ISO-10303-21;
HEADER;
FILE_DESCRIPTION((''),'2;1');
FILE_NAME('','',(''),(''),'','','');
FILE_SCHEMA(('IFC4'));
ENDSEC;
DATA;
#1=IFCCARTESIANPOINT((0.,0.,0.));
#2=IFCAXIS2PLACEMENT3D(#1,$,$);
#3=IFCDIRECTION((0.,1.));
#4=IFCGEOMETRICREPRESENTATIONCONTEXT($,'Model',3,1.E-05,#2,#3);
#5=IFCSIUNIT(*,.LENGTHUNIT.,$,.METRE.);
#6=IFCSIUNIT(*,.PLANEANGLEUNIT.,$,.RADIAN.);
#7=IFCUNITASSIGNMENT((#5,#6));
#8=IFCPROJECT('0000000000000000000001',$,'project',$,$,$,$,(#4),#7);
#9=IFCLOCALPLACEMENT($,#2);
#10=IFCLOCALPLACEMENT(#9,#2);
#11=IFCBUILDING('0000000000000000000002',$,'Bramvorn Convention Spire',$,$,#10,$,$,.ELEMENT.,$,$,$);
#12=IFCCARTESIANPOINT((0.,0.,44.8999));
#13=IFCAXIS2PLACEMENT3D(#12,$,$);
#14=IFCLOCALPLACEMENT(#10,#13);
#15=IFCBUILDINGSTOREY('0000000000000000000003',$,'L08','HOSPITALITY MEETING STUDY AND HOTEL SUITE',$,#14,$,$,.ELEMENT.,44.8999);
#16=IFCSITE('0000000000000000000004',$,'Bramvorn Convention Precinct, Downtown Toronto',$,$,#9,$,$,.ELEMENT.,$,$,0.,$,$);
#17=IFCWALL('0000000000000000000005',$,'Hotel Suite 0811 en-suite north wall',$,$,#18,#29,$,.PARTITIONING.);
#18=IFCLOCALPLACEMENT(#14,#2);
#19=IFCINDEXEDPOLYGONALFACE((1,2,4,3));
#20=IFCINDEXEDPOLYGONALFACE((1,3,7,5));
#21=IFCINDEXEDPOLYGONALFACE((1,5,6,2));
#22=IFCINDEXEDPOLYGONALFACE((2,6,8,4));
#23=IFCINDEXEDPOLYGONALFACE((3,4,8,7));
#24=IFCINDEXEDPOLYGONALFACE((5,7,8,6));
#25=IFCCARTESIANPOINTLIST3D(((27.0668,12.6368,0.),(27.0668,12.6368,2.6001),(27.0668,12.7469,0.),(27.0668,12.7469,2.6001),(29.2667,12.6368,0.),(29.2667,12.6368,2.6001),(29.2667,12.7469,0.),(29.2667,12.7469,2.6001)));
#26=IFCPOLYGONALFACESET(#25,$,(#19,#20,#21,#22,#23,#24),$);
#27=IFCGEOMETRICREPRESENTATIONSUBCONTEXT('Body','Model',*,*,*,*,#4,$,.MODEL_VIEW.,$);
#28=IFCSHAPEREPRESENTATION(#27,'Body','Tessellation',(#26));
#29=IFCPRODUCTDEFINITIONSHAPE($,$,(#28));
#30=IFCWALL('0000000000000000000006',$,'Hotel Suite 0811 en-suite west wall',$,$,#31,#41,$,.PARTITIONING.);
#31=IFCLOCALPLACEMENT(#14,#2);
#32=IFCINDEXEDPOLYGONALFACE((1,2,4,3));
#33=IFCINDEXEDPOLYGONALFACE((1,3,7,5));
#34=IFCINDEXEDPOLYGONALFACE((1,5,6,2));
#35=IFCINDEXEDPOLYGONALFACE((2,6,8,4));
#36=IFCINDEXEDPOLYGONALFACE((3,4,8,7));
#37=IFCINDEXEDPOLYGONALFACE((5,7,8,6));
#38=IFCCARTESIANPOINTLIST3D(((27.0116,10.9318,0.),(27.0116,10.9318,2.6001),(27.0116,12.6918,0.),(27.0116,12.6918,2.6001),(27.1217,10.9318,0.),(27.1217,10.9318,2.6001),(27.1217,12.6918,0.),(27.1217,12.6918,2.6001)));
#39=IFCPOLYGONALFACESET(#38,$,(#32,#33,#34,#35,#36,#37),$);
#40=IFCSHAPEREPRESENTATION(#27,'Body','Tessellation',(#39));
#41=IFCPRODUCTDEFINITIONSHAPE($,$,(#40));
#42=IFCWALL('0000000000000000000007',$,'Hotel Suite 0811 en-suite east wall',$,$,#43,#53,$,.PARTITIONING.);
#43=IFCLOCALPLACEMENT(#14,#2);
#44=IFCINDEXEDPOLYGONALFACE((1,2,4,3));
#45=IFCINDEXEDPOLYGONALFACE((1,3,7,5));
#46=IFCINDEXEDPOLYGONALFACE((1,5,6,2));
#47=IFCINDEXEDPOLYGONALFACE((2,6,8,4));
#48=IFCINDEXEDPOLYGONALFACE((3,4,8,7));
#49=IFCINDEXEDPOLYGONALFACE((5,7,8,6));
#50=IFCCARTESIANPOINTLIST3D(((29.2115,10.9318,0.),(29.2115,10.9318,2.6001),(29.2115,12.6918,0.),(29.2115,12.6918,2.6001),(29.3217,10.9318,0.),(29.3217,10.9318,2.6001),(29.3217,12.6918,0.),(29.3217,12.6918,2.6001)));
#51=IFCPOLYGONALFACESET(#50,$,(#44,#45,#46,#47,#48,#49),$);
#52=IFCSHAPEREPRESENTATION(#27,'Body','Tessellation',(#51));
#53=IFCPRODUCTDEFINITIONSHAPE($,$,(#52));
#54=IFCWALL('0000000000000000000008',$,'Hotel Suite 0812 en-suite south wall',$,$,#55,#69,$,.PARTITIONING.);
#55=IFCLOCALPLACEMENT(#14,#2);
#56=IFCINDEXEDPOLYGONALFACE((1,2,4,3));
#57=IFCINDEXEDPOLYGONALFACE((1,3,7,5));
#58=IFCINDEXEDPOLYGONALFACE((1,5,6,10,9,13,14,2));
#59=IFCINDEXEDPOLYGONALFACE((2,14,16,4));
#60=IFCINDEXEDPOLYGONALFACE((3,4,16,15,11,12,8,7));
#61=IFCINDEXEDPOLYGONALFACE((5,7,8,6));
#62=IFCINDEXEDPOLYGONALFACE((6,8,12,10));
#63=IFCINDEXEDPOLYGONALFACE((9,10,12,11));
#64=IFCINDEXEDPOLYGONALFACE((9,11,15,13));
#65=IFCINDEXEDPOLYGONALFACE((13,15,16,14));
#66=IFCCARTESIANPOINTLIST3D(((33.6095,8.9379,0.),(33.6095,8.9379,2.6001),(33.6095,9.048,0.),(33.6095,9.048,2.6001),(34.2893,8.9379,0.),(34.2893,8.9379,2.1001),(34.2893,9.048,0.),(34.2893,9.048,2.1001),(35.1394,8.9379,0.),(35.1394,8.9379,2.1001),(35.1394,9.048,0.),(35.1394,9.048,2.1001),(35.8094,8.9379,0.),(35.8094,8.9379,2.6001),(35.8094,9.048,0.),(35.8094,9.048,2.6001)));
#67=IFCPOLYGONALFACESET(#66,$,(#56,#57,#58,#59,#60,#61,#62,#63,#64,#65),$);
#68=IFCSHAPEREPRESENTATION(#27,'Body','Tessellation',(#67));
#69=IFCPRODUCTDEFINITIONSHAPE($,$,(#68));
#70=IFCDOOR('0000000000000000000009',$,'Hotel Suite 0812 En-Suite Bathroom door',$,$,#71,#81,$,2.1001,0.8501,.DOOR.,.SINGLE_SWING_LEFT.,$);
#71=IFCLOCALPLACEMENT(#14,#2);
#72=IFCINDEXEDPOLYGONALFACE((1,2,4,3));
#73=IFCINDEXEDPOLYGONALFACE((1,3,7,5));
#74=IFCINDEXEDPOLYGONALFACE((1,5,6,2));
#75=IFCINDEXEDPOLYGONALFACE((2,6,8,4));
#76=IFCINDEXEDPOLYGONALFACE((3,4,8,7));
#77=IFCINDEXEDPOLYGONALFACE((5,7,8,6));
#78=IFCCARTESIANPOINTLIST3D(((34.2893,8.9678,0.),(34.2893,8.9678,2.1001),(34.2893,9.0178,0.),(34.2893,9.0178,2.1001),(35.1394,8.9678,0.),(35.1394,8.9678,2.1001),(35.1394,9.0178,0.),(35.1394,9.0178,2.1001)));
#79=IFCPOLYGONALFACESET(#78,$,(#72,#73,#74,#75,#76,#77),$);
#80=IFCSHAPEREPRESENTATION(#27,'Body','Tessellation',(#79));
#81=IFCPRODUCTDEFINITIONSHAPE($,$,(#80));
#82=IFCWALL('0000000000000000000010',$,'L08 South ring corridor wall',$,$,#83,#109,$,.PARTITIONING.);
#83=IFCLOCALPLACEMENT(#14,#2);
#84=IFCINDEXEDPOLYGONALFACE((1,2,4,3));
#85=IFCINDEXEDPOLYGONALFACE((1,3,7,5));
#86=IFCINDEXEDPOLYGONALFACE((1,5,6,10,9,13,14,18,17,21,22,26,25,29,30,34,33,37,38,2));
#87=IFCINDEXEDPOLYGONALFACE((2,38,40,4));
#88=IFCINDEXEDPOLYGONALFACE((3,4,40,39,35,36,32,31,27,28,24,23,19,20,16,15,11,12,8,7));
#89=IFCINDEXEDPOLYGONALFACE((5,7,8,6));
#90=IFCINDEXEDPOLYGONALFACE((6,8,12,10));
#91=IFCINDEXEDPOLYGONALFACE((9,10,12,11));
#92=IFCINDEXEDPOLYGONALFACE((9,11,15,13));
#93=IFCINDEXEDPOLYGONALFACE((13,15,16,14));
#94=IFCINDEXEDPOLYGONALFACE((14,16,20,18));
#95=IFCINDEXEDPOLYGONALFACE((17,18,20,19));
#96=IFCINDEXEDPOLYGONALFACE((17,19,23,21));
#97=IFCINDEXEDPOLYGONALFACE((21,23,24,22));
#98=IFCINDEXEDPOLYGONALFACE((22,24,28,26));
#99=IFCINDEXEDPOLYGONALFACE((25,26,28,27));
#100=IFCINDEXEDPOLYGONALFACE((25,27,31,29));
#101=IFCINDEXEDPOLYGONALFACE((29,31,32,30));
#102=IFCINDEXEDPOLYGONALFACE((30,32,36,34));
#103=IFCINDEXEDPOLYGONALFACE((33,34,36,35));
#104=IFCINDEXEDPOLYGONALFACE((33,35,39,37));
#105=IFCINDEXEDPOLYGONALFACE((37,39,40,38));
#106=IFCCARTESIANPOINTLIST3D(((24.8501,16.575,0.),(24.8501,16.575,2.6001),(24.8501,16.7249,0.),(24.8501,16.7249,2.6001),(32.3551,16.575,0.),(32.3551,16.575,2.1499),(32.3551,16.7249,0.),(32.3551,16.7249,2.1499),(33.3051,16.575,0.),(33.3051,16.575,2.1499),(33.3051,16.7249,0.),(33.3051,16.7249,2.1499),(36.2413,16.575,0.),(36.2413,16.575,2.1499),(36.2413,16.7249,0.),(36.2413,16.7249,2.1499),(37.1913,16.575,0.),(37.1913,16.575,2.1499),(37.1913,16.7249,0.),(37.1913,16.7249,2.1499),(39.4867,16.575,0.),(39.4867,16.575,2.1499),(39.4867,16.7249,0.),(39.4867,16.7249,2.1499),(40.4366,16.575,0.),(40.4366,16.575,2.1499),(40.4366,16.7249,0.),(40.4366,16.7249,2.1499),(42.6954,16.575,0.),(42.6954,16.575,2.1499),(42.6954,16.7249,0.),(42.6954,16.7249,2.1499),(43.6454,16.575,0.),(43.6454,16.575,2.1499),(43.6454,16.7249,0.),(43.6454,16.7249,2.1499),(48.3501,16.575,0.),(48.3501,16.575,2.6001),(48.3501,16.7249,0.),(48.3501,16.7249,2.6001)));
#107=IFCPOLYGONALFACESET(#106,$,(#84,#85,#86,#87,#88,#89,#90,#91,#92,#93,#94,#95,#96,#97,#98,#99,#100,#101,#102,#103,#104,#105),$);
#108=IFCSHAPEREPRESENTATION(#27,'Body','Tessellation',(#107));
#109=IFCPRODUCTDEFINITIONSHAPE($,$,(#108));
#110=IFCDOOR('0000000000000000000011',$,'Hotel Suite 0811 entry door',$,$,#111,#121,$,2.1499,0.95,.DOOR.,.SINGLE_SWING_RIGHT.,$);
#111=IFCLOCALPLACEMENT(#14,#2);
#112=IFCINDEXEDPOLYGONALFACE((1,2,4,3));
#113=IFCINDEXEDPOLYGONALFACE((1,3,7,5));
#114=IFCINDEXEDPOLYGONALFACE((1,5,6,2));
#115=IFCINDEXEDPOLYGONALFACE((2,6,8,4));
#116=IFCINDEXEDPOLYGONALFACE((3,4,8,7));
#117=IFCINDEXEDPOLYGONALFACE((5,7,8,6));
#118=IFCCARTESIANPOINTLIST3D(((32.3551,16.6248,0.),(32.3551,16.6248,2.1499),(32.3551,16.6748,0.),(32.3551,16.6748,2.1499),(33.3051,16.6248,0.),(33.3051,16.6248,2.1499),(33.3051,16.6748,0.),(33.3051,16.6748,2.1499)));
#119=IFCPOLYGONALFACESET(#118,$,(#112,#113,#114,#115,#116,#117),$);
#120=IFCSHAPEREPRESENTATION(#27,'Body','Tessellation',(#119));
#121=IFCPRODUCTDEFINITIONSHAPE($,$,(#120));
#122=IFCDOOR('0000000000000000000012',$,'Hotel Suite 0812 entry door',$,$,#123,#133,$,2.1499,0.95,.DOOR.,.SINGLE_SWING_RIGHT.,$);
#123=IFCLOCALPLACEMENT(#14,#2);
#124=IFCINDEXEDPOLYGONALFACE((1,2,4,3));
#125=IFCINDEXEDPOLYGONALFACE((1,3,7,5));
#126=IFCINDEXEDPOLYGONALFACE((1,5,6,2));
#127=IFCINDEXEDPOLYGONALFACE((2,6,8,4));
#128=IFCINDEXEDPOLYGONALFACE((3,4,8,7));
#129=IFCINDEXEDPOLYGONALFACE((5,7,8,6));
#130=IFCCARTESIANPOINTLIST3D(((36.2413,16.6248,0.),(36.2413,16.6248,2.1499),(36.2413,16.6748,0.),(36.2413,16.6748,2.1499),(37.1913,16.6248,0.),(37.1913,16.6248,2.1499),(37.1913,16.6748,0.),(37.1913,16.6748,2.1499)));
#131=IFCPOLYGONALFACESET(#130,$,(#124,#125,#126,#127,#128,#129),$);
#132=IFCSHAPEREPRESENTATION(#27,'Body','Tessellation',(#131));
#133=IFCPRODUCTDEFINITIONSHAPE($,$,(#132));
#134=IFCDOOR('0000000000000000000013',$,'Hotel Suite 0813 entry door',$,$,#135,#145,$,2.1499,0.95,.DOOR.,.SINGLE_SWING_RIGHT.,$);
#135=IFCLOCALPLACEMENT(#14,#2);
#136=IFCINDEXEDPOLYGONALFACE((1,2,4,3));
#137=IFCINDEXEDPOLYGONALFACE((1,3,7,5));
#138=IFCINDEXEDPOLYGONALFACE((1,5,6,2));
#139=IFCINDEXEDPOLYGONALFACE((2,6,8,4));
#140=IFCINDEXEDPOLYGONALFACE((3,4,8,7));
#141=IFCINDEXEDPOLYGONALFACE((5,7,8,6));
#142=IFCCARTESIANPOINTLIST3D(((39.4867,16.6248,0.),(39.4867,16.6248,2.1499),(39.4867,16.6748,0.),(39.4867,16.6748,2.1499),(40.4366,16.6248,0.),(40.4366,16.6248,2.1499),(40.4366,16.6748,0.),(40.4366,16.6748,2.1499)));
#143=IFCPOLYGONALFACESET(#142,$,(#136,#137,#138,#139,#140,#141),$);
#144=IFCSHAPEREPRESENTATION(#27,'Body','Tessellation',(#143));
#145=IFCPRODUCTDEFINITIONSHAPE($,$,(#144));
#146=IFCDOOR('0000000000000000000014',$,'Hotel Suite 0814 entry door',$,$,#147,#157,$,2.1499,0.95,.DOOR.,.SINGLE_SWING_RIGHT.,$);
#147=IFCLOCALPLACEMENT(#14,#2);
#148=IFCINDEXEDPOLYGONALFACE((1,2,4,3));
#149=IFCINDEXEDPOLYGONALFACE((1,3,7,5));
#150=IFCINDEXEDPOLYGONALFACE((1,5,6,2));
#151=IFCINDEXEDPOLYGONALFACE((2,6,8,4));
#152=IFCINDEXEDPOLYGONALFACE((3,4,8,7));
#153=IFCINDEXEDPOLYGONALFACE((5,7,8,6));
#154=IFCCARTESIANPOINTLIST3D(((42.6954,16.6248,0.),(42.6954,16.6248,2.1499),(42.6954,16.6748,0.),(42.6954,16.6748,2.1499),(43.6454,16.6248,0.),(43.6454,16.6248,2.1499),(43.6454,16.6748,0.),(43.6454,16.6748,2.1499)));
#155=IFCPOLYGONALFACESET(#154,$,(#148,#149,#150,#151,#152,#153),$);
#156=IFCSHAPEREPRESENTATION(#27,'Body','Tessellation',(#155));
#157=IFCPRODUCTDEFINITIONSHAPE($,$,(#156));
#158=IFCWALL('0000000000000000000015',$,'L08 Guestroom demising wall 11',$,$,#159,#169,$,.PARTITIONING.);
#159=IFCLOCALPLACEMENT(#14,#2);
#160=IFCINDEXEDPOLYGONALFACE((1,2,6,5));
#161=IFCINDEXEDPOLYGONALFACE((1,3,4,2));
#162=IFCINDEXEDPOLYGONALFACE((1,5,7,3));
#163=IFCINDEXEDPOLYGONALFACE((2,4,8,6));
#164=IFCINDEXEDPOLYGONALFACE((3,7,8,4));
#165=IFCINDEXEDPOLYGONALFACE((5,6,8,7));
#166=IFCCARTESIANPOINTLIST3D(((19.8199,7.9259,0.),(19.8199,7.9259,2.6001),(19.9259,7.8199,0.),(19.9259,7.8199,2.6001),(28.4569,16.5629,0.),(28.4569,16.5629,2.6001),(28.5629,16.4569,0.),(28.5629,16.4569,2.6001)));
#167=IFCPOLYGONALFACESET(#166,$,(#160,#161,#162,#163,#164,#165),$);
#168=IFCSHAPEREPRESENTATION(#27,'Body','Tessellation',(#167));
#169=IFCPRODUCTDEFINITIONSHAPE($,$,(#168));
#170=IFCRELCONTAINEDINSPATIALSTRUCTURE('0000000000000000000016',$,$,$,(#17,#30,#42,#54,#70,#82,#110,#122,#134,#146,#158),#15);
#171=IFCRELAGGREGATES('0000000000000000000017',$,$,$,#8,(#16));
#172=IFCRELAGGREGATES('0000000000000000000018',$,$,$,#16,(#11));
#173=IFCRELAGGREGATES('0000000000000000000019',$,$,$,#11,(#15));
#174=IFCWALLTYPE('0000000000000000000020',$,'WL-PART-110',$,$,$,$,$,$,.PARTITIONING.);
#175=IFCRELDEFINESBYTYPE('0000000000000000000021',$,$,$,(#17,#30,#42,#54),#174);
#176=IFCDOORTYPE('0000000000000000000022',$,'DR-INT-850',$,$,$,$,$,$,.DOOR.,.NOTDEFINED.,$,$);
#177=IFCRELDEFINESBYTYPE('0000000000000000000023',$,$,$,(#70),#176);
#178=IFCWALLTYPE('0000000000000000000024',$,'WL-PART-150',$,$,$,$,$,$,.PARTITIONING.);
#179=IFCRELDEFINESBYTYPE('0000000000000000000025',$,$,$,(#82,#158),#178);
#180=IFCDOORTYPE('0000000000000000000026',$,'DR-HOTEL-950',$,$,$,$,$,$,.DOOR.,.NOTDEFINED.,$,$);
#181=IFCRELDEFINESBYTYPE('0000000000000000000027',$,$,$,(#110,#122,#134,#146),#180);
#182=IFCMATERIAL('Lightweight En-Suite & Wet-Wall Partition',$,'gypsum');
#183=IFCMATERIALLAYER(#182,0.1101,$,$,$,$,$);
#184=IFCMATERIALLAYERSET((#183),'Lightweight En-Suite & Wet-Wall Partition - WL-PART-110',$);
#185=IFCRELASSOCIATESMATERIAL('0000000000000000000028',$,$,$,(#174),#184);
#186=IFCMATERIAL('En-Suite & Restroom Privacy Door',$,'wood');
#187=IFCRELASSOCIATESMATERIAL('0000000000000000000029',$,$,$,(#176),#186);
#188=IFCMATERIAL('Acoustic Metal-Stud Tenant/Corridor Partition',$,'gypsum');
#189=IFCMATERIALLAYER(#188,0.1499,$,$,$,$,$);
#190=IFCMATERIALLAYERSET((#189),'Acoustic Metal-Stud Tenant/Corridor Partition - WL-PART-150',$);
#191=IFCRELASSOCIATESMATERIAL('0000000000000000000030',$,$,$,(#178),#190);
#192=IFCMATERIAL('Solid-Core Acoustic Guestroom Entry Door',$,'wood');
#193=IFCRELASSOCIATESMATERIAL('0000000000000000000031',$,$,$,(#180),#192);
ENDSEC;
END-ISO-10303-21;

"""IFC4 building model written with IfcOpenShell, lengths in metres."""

from ifc_helpers import new_model, si_unit, direction, frame, frame_2d, origin, place, context, subcontext, project, spatial, rectangle, extrude, material, layer, layer_set, type_object, element, fill, save


model = new_model("IFC4")

# Units and contexts
model_context = context("Model", 3, precision=1e-05, world=origin(), true_north=direction((0.0, 1.0)))
body_context = subcontext(model_context, "Body", "Model", "MODEL_VIEW")
ifc_project = project(units=[si_unit("LENGTHUNIT", "METRE"), si_unit("PLANEANGLEUNIT", "RADIAN")], contexts=[model_context])

# Site, building, storey
site_placement = place(None, origin())
site = spatial("IfcSite", under=ifc_project, at=site_placement, Name="Bramvorn Convention Precinct, Downtown Toronto", CompositionType="ELEMENT", RefElevation=0.0)
building_placement = place(site_placement, origin())
building = spatial("IfcBuilding", under=site, at=building_placement, Name="Bramvorn Convention Spire", CompositionType="ELEMENT")
storey_placement = place(building_placement, frame((0.0, 0.0, 44.8999)))
storey = spatial("IfcBuildingStorey", under=building, at=storey_placement, Name="L08", Description="HOSPITALITY MEETING STUDY AND HOTEL SUITE", CompositionType="ELEMENT", Elevation=44.8999)

# Shared definitions
ifc_material_1 = material(Name="Lightweight En-Suite & Wet-Wall Partition", Category="gypsum")
ifc_layer_1 = layer(ifc_material_1, 0.1101)
ifc_layer_set_1 = layer_set([ifc_layer_1], Name="Lightweight En-Suite & Wet-Wall Partition - WL-PART-110")
wall_type_1 = type_object("IfcWallType", Name="WL-PART-110", PredefinedType="PARTITIONING", material=ifc_layer_set_1)

# Shared definitions
ifc_material_2 = material(Name="En-Suite & Restroom Privacy Door", Category="wood")
door_type_1 = type_object("IfcDoorType", Name="DR-INT-850", OperationType="NOTDEFINED", PredefinedType="DOOR", material=ifc_material_2)

# Walls
wall_1_placement = place(storey_placement, frame((27.0667, 12.6919, 0.0), z_axis=(0.0, 0.0, 1.0), x_axis=(1.0, 0.0, 0.0)))
element("IfcWall", 1, at=wall_1_placement, inside=storey, type_object=wall_type_1, Name="Hotel Suite 0811 en-suite north wall", PredefinedType="PARTITIONING", context=body_context, shape_type="SweptSolid", body=[
    extrude(rectangle(XDim=2.2, YDim=0.1101, at=frame_2d((1.1001, 0.0))), origin(), (0.0, 0.0, 1.0), 2.6001),
])
for number, where, z_axis, x_axis, name in (
    (2, (27.0667, 10.9319, 0.0), (0.0, 0.0, 1.0), (0.0, 1.0, 0.0), "Hotel Suite 0811 en-suite west wall"),
    (3, (29.2666, 10.9319, 0.0), (0.0, 0.0, 1.0), (0.0, 1.0, 0.0), "Hotel Suite 0811 en-suite east wall"),
):
    element("IfcWall", number, at=place(storey_placement, frame(where, z_axis=z_axis, x_axis=x_axis)), inside=storey, type_object=wall_type_1, Name=name, PredefinedType="PARTITIONING", context=body_context, shape_type="SweptSolid", body=[
        extrude(rectangle(XDim=1.76, YDim=0.1101, at=frame_2d((0.8799, 0.0))), origin(), (0.0, 0.0, 1.0), 2.6001),
    ])

# Wall, opening, door
wall_2_placement = place(storey_placement, frame((33.6094, 8.9929, 0.0), z_axis=(0.0, 0.0, 1.0), x_axis=(1.0, 0.0, 0.0)))
wall_2 = element("IfcWall", 4, at=wall_2_placement, inside=storey, type_object=wall_type_1, Name="Hotel Suite 0812 en-suite south wall", PredefinedType="PARTITIONING", context=body_context, shape_type="SweptSolid", body=[
    extrude(rectangle(XDim=2.2, YDim=0.1101, at=frame_2d((1.1001, 0.0))), origin(), (0.0, 0.0, 1.0), 2.6001),
])
opening_1_placement = place(wall_2_placement, frame((0.6799, 0.0, 0.0)))
opening_1 = element("IfcOpeningElement", 5, at=opening_1_placement, cuts=wall_2, PredefinedType="OPENING", context=body_context, shape_type="SweptSolid", body=[
    extrude(rectangle(XDim=0.8501, YDim=2.1001, at=frame_2d((0.425, 1.05))), frame((0.0, 0.0649, 0.0), z_axis=(0.0, -1.0, 0.0), x_axis=(1.0, 0.0, 0.0)), (0.0, 0.0, 1.0), 0.1301),
])
door_1_placement = place(opening_1_placement, origin())
door_1 = element("IfcDoor", 6, at=door_1_placement, inside=storey, type_object=door_type_1, Name="Hotel Suite 0812 En-Suite Bathroom door", OperationType="SINGLE_SWING_LEFT", OverallHeight=2.1001, OverallWidth=0.8501, PredefinedType="DOOR", context=body_context, shape_type="SweptSolid", body=[
    extrude(rectangle(XDim=0.8501, YDim=2.1001, at=frame_2d((0.425, 1.05))), frame((0.0, 0.0249, 0.0), z_axis=(0.0, -1.0, 0.0), x_axis=(1.0, 0.0, 0.0)), (0.0, 0.0, 1.0), 0.05),
])
fill(opening_1, door_1)

# Wall, openings, doors
ifc_material_3 = material(Name="Acoustic Metal-Stud Tenant/Corridor Partition", Category="gypsum")
ifc_layer_2 = layer(ifc_material_3, 0.1499)
ifc_layer_set_2 = layer_set([ifc_layer_2], Name="Acoustic Metal-Stud Tenant/Corridor Partition - WL-PART-150")
wall_type_2 = type_object("IfcWallType", Name="WL-PART-150", PredefinedType="PARTITIONING", material=ifc_layer_set_2)
wall_3_placement = place(storey_placement, frame((24.8501, 16.6499, 0.0), z_axis=(0.0, 0.0, 1.0), x_axis=(1.0, 0.0, 0.0)))
wall_3 = element("IfcWall", 7, at=wall_3_placement, inside=storey, type_object=wall_type_2, Name="L08 South ring corridor wall", PredefinedType="PARTITIONING", context=body_context, shape_type="SweptSolid", body=[
    extrude(rectangle(XDim=23.5, YDim=0.1499, at=frame_2d((11.75, 0.0))), origin(), (0.0, 0.0, 1.0), 2.6001),
])
opening_2_placement = place(wall_3_placement, frame((7.5049, 0.0, 0.0)))
opening_2 = element("IfcOpeningElement", 8, at=opening_2_placement, cuts=wall_3, PredefinedType="OPENING", context=body_context, shape_type="SweptSolid", body=[
    extrude(rectangle(XDim=0.95, YDim=2.1499, at=frame_2d((0.4751, 1.075))), frame((0.0, 0.085, 0.0), z_axis=(0.0, -1.0, 0.0), x_axis=(1.0, 0.0, 0.0)), (0.0, 0.0, 1.0), 0.1699),
])
opening_3_placement = place(wall_3_placement, frame((11.3911, 0.0, 0.0)))
opening_3 = element("IfcOpeningElement", 9, at=opening_3_placement, cuts=wall_3, PredefinedType="OPENING", context=body_context, shape_type="SweptSolid", body=[
    extrude(rectangle(XDim=0.95, YDim=2.1499, at=frame_2d((0.4751, 1.075))), frame((0.0, 0.085, 0.0), z_axis=(0.0, -1.0, 0.0), x_axis=(1.0, 0.0, 0.0)), (0.0, 0.0, 1.0), 0.1699),
])
opening_4_placement = place(wall_3_placement, frame((14.6365, 0.0, 0.0)))
opening_4 = element("IfcOpeningElement", 10, at=opening_4_placement, cuts=wall_3, PredefinedType="OPENING", context=body_context, shape_type="SweptSolid", body=[
    extrude(rectangle(XDim=0.95, YDim=2.1499, at=frame_2d((0.4751, 1.075))), frame((0.0, 0.085, 0.0), z_axis=(0.0, -1.0, 0.0), x_axis=(1.0, 0.0, 0.0)), (0.0, 0.0, 1.0), 0.1699),
])
opening_5_placement = place(wall_3_placement, frame((17.8452, 0.0, 0.0)))
opening_5 = element("IfcOpeningElement", 11, at=opening_5_placement, cuts=wall_3, PredefinedType="OPENING", context=body_context, shape_type="SweptSolid", body=[
    extrude(rectangle(XDim=0.95, YDim=2.1499, at=frame_2d((0.4751, 1.075))), frame((0.0, 0.085, 0.0), z_axis=(0.0, -1.0, 0.0), x_axis=(1.0, 0.0, 0.0)), (0.0, 0.0, 1.0), 0.1699),
])
ifc_material_4 = material(Name="Solid-Core Acoustic Guestroom Entry Door", Category="wood")
door_type_2 = type_object("IfcDoorType", Name="DR-HOTEL-950", OperationType="NOTDEFINED", PredefinedType="DOOR", material=ifc_material_4)
door_2_placement = place(opening_2_placement, origin())
door_2 = element("IfcDoor", 12, at=door_2_placement, inside=storey, type_object=door_type_2, Name="Hotel Suite 0811 entry door", OperationType="SINGLE_SWING_RIGHT", OverallHeight=2.1499, OverallWidth=0.95, PredefinedType="DOOR", context=body_context, shape_type="SweptSolid", body=[
    extrude(rectangle(XDim=0.95, YDim=2.1499, at=frame_2d((0.4751, 1.075))), frame((0.0, 0.0249, 0.0), z_axis=(0.0, -1.0, 0.0), x_axis=(1.0, 0.0, 0.0)), (0.0, 0.0, 1.0), 0.05),
])
fill(opening_2, door_2)
door_3_placement = place(opening_3_placement, origin())
door_3 = element("IfcDoor", 13, at=door_3_placement, inside=storey, type_object=door_type_2, Name="Hotel Suite 0812 entry door", OperationType="SINGLE_SWING_RIGHT", OverallHeight=2.1499, OverallWidth=0.95, PredefinedType="DOOR", context=body_context, shape_type="SweptSolid", body=[
    extrude(rectangle(XDim=0.95, YDim=2.1499, at=frame_2d((0.4751, 1.075))), frame((0.0, 0.0249, 0.0), z_axis=(0.0, -1.0, 0.0), x_axis=(1.0, 0.0, 0.0)), (0.0, 0.0, 1.0), 0.05),
])
fill(opening_3, door_3)
door_4_placement = place(opening_4_placement, origin())
door_4 = element("IfcDoor", 14, at=door_4_placement, inside=storey, type_object=door_type_2, Name="Hotel Suite 0813 entry door", OperationType="SINGLE_SWING_RIGHT", OverallHeight=2.1499, OverallWidth=0.95, PredefinedType="DOOR", context=body_context, shape_type="SweptSolid", body=[
    extrude(rectangle(XDim=0.95, YDim=2.1499, at=frame_2d((0.4751, 1.075))), frame((0.0, 0.0249, 0.0), z_axis=(0.0, -1.0, 0.0), x_axis=(1.0, 0.0, 0.0)), (0.0, 0.0, 1.0), 0.05),
])
fill(opening_4, door_4)
door_5_placement = place(opening_5_placement, origin())
door_5 = element("IfcDoor", 15, at=door_5_placement, inside=storey, type_object=door_type_2, Name="Hotel Suite 0814 entry door", OperationType="SINGLE_SWING_RIGHT", OverallHeight=2.1499, OverallWidth=0.95, PredefinedType="DOOR", context=body_context, shape_type="SweptSolid", body=[
    extrude(rectangle(XDim=0.95, YDim=2.1499, at=frame_2d((0.4751, 1.075))), frame((0.0, 0.0249, 0.0), z_axis=(0.0, -1.0, 0.0), x_axis=(1.0, 0.0, 0.0)), (0.0, 0.0, 1.0), 0.05),
])
fill(opening_5, door_5)

# Wall
wall_4_placement = place(storey_placement, frame((28.51, 16.51, 0.0), z_axis=(0.0, 0.0, 1.0), x_axis=(-0.707107, -0.707107, 0.0)))
element("IfcWall", 16, at=wall_4_placement, inside=storey, type_object=wall_type_2, Name="L08 Guestroom demising wall 11", PredefinedType="PARTITIONING", context=body_context, shape_type="SweptSolid", body=[
    extrude(rectangle(XDim=12.2146, YDim=0.1499, at=frame_2d((6.1074, 0.0))), origin(), (0.0, 0.0, 1.0), 2.6001),
])

save(model, "model.ifc")
